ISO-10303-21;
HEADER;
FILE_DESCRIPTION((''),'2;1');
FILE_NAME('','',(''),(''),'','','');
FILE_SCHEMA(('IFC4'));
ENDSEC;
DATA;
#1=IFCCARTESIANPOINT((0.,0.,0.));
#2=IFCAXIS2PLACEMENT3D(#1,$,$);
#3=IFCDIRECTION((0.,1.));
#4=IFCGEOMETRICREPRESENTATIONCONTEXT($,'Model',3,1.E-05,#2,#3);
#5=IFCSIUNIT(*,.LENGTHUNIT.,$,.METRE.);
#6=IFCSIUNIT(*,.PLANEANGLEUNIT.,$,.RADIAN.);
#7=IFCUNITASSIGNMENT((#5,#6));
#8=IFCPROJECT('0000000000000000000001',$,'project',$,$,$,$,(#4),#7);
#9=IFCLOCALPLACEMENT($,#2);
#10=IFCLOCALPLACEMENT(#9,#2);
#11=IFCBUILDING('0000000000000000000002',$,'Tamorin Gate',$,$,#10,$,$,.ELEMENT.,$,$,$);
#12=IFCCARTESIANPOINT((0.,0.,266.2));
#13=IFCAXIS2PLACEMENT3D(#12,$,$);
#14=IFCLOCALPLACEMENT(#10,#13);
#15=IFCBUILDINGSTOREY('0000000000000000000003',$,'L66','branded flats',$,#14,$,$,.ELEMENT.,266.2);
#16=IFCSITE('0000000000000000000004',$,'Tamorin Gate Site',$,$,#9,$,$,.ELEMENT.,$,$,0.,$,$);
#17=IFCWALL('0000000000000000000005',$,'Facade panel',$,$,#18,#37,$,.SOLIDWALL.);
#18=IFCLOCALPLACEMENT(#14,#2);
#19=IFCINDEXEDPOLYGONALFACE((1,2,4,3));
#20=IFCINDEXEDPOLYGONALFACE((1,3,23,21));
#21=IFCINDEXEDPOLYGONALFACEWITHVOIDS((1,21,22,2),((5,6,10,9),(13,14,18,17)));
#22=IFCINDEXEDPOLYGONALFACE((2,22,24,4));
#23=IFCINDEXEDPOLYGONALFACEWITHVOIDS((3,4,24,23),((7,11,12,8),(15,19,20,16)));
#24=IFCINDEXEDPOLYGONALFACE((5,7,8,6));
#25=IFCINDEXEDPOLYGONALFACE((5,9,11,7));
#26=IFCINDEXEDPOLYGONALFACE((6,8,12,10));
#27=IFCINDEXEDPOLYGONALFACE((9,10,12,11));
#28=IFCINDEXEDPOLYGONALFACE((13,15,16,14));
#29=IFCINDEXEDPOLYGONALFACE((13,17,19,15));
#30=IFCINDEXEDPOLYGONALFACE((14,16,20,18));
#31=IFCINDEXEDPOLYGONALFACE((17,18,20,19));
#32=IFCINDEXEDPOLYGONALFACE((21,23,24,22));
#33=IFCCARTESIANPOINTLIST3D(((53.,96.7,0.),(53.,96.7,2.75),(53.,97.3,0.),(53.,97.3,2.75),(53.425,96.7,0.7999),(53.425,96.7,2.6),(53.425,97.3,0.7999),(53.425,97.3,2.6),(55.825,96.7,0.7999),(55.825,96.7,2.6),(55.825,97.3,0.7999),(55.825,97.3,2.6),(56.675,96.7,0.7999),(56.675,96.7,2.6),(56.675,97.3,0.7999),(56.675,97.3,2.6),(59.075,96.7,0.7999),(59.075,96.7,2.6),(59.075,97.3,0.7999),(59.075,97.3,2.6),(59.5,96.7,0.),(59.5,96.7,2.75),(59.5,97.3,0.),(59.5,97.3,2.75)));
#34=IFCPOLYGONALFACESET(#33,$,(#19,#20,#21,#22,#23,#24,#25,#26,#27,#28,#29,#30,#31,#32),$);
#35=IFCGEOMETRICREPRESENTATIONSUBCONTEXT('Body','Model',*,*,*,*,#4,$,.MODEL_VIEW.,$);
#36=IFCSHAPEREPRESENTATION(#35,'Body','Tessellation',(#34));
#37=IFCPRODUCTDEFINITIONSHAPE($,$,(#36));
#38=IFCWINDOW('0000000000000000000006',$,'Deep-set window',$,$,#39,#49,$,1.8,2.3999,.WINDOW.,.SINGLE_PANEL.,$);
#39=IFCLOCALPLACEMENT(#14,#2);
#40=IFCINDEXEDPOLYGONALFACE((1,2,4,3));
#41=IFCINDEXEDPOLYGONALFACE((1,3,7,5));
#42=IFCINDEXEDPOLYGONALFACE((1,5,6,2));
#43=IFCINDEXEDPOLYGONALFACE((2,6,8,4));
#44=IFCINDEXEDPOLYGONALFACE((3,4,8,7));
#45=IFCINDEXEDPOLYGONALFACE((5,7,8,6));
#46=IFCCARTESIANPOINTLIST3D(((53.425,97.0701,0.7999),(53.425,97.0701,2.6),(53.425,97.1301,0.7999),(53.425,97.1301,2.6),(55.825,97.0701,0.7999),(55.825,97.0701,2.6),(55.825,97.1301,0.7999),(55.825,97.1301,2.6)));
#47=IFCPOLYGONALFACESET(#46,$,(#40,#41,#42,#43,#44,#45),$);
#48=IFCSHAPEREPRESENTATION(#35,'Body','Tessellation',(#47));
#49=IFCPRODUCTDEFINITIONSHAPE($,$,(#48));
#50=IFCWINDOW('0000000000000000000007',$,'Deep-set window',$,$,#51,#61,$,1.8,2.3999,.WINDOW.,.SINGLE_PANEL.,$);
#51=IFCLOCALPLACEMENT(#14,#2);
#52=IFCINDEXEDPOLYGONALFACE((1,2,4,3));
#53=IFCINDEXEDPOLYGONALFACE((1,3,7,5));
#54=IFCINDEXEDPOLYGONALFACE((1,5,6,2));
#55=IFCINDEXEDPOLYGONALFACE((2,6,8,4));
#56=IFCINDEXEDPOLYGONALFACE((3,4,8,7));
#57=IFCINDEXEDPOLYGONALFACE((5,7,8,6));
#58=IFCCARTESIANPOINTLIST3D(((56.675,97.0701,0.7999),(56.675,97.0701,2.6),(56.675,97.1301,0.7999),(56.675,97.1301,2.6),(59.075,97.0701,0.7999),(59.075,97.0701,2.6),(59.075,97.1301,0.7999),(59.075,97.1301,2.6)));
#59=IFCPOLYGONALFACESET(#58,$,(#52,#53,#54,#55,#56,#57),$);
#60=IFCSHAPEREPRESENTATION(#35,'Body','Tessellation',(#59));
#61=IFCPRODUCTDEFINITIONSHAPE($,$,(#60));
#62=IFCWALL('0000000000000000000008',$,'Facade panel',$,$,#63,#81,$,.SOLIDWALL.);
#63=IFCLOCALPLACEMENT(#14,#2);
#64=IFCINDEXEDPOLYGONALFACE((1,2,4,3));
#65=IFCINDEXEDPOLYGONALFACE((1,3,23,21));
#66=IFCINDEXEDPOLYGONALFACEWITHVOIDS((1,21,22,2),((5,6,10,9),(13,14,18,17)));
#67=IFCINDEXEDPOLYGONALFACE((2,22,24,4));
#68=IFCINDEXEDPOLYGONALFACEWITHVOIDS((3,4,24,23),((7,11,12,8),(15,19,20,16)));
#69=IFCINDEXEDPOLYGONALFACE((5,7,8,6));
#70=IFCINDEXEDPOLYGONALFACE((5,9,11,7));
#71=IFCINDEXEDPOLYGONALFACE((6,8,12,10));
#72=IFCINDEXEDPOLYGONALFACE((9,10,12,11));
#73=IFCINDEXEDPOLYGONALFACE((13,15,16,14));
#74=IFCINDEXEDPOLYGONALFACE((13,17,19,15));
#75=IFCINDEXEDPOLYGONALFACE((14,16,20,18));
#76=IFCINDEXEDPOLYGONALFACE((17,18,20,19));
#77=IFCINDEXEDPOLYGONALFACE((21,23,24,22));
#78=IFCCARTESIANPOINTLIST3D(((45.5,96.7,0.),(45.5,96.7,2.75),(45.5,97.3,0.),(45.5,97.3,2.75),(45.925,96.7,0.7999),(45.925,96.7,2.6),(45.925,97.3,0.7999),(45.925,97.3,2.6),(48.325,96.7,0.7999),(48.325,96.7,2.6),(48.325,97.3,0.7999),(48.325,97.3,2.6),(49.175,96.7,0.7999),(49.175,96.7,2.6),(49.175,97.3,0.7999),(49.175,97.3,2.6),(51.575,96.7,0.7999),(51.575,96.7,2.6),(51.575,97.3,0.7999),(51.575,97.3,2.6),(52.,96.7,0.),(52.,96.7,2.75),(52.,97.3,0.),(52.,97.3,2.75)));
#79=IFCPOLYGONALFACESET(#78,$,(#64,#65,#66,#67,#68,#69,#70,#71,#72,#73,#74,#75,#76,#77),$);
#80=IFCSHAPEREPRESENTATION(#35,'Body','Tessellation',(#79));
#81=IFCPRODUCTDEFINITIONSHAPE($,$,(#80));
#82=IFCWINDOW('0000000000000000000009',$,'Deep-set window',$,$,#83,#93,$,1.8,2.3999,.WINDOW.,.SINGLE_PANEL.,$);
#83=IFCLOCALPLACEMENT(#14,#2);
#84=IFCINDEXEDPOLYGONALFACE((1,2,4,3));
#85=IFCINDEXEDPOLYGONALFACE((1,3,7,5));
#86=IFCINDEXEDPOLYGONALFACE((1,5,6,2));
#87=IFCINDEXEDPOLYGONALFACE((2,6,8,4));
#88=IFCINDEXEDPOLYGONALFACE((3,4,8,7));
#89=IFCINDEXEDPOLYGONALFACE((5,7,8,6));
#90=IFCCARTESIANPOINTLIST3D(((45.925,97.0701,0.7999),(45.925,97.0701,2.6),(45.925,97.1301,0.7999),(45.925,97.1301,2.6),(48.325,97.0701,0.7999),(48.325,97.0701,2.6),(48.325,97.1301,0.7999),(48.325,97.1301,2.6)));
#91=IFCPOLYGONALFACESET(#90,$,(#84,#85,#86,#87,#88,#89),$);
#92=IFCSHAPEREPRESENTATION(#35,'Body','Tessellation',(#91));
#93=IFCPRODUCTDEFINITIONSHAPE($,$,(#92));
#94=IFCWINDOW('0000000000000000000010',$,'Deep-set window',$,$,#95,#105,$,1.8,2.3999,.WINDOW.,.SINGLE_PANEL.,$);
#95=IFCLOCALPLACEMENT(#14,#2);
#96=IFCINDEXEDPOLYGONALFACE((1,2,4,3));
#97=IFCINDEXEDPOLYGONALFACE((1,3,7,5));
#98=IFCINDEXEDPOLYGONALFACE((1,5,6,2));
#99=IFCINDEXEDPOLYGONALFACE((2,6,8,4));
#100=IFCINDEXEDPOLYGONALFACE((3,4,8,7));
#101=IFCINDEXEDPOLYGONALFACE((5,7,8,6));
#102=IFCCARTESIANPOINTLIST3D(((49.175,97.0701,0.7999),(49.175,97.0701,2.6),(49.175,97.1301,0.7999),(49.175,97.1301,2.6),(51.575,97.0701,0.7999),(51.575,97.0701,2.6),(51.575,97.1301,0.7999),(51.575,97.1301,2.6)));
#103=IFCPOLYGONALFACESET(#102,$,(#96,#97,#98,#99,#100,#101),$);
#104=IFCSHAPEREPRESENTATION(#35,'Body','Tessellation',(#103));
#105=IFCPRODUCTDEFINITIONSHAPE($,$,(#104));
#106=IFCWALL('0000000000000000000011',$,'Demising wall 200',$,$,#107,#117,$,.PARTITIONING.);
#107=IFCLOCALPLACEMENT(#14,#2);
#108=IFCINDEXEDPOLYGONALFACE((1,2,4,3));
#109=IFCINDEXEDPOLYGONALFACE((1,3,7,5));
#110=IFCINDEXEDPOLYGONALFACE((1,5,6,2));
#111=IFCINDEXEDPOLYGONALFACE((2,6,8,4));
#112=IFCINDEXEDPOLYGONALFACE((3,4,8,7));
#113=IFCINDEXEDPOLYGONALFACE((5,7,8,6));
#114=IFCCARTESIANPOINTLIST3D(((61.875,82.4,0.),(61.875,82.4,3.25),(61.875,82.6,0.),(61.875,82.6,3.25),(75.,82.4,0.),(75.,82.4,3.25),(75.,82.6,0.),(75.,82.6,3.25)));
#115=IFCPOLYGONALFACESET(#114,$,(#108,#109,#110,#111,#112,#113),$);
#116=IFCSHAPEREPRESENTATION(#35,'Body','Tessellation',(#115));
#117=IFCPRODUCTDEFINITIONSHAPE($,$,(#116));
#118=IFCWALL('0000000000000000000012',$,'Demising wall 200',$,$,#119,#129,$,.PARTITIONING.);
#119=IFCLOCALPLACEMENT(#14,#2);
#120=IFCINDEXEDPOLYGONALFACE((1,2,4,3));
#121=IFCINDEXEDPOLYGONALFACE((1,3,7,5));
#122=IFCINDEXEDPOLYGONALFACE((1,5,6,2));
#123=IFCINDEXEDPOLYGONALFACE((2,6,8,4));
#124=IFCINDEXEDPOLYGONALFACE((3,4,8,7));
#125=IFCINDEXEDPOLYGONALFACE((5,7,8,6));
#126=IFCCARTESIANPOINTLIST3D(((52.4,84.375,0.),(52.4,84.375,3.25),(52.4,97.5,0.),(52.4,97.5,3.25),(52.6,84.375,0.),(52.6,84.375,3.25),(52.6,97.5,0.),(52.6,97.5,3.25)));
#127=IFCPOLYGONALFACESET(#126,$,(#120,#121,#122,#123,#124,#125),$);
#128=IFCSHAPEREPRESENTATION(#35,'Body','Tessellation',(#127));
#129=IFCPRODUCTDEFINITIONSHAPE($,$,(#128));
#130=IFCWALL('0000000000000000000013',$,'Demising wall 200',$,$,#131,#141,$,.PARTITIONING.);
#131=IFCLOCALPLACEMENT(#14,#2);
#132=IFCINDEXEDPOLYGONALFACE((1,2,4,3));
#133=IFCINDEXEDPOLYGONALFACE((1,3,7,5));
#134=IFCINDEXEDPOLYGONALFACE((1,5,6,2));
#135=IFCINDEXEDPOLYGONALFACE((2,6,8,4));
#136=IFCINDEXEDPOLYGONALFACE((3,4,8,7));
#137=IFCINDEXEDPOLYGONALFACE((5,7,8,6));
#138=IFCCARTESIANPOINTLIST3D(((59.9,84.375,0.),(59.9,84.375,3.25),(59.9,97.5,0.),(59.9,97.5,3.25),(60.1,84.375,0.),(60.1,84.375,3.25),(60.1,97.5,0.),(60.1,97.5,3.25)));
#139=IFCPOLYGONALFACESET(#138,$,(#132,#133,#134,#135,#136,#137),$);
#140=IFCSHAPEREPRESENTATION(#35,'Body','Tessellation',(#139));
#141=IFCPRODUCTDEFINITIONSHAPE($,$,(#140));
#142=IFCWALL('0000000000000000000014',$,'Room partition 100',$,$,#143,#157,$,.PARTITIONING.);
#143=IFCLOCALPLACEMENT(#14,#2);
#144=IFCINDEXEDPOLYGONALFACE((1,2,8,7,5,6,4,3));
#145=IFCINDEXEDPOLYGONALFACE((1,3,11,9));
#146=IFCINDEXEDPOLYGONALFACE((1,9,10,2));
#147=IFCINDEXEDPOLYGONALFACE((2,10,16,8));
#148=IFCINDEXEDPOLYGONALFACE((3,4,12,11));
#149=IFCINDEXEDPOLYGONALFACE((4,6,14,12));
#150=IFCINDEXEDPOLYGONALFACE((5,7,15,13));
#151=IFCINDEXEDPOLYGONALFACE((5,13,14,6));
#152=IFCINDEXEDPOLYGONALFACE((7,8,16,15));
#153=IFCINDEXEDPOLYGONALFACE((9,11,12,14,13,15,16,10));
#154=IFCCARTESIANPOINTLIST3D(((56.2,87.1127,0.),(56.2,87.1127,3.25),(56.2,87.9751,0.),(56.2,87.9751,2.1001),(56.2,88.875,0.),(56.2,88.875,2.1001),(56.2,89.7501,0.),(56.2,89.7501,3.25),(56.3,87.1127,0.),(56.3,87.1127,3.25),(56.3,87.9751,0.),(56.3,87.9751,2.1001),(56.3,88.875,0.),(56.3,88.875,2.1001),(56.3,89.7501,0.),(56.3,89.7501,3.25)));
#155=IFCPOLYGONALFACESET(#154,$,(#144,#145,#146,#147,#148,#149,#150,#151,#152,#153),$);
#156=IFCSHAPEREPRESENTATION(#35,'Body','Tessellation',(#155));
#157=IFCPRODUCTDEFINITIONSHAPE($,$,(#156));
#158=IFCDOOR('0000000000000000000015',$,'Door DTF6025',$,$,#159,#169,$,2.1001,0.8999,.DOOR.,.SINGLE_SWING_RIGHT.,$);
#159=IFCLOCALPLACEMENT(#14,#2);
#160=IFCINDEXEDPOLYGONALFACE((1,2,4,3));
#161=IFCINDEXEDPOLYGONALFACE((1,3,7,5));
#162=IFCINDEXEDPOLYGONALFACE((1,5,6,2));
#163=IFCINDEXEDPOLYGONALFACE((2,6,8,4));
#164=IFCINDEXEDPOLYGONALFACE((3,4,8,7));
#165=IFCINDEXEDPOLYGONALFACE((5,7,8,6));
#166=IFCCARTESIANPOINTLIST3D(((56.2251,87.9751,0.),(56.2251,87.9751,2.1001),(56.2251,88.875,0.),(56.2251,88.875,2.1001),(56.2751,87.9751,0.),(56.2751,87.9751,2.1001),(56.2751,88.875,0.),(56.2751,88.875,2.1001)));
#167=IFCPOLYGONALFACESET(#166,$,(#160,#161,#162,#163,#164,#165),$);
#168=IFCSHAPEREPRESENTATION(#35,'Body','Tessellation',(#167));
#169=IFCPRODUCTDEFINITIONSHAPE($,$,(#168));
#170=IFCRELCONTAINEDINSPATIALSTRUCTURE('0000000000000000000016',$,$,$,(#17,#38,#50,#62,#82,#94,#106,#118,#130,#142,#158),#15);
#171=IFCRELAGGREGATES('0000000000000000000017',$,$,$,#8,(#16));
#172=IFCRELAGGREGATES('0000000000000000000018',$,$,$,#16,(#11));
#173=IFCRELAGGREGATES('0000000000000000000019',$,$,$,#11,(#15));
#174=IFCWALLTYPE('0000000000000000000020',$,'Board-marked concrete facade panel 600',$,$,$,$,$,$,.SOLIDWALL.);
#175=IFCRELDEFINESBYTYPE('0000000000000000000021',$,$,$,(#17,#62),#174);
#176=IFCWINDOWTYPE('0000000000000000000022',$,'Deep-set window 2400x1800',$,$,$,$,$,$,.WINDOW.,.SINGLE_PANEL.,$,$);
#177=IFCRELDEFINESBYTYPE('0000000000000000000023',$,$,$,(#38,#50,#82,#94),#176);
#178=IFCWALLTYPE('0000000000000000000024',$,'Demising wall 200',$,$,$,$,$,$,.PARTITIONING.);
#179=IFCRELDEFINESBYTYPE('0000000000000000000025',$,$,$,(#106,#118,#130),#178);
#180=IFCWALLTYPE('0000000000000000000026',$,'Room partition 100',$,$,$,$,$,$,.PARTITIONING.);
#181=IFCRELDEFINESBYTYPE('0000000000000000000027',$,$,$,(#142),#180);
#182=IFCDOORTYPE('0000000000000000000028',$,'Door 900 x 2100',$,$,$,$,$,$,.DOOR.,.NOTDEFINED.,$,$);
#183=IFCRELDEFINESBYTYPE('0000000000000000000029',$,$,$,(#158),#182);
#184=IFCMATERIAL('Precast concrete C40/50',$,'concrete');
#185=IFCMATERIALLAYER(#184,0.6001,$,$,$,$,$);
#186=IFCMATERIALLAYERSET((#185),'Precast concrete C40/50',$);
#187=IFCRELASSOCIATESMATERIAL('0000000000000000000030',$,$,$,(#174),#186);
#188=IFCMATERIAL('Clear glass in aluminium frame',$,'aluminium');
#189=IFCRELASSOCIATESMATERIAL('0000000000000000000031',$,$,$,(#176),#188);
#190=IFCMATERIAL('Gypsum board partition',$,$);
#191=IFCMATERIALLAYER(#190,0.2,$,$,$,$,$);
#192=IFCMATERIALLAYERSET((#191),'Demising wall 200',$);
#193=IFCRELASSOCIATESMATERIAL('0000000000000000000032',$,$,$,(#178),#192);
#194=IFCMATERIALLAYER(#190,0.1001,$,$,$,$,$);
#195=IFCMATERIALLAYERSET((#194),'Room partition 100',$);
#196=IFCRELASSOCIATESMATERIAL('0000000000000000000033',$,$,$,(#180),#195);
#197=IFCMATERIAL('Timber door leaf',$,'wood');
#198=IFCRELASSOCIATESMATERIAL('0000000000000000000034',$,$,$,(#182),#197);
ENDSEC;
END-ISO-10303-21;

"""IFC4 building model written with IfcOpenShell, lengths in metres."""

from ifc_helpers import new_model, si_unit, direction, frame, frame_2d, origin, place, context, subcontext, project, spatial, rectangle, extrude, material, layer, layer_set, type_object, element, fill, save


model = new_model("IFC4")

# Units and contexts
model_context = context("Model", 3, precision=1e-05, world=origin(), true_north=direction((0.0, 1.0)))
body_context = subcontext(model_context, "Body", "Model", "MODEL_VIEW")
ifc_project = project(units=[si_unit("LENGTHUNIT", "METRE"), si_unit("PLANEANGLEUNIT", "RADIAN")], contexts=[model_context])

# Site, building, storey
site_placement = place(None, origin())
site = spatial("IfcSite", under=ifc_project, at=site_placement, Name="Tamorin Gate Site", CompositionType="ELEMENT", RefElevation=0.0)
building_placement = place(site_placement, origin())
building = spatial("IfcBuilding", under=site, at=building_placement, Name="Tamorin Gate", CompositionType="ELEMENT")
storey_placement = place(building_placement, frame((0.0, 0.0, 266.2)))
storey = spatial("IfcBuildingStorey", under=building, at=storey_placement, Name="L66", Description="branded flats", CompositionType="ELEMENT", Elevation=266.2)

# Walls, openings, windows
ifc_material_1 = material(Name="Precast concrete C40/50", Category="concrete")
ifc_layer_1 = layer(ifc_material_1, 0.6001)
ifc_layer_set_1 = layer_set([ifc_layer_1], Name="Precast concrete C40/50")
wall_type_1 = type_object("IfcWallType", Name="Board-marked concrete facade panel 600", PredefinedType="SOLIDWALL", material=ifc_layer_set_1)
ifc_material_2 = material(Name="Clear glass in aluminium frame", Category="aluminium")
window_type = type_object("IfcWindowType", Name="Deep-set window 2400x1800", PartitioningType="SINGLE_PANEL", PredefinedType="WINDOW", material=ifc_material_2)
wall_1_placement = place(storey_placement, frame((59.5, 97.0, 0.0), z_axis=(0.0, 0.0, 1.0), x_axis=(-1.0, 0.0, 0.0)))
wall_1 = element("IfcWall", 1, at=wall_1_placement, inside=storey, type_object=wall_type_1, Name="Facade panel", PredefinedType="SOLIDWALL", context=body_context, shape_type="SweptSolid", body=[
    extrude(rectangle(XDim=6.5, YDim=0.6001, at=frame_2d((3.25, 0.0))), origin(), (0.0, 0.0, 1.0), 2.75),
])
opening_1_placement = place(wall_1_placement, frame((3.675, 0.0, 0.8)))
opening_1 = element("IfcOpeningElement", 2, at=opening_1_placement, cuts=wall_1, PredefinedType="OPENING", context=body_context, shape_type="SweptSolid", body=[
    extrude(rectangle(XDim=2.3999, YDim=1.8, at=frame_2d((1.2, 0.8999))), frame((0.0, 0.3101, 0.0), z_axis=(0.0, -1.0, 0.0), x_axis=(1.0, 0.0, 0.0)), (0.0, 0.0, 1.0), 0.6201),
])
opening_2_placement = place(wall_1_placement, frame((0.425, 0.0, 0.8)))
opening_2 = element("IfcOpeningElement", 3, at=opening_2_placement, cuts=wall_1, PredefinedType="OPENING", context=body_context, shape_type="SweptSolid", body=[
    extrude(rectangle(XDim=2.3999, YDim=1.8, at=frame_2d((1.2, 0.8999))), frame((0.0, 0.3101, 0.0), z_axis=(0.0, -1.0, 0.0), x_axis=(1.0, 0.0, 0.0)), (0.0, 0.0, 1.0), 0.6201),
])
window_1_placement = place(opening_1_placement, origin())
window_1 = element("IfcWindow", 4, at=window_1_placement, inside=storey, type_object=window_type, Name="Deep-set window", OverallHeight=1.8, OverallWidth=2.3999, PartitioningType="SINGLE_PANEL", PredefinedType="WINDOW", context=body_context, shape_type="SweptSolid", body=[
    extrude(rectangle(XDim=2.3999, YDim=1.8, at=frame_2d((1.2, 0.8999))), frame((0.0, -0.0701, 0.0), z_axis=(0.0, -1.0, 0.0), x_axis=(1.0, 0.0, 0.0)), (0.0, 0.0, 1.0), 0.0601),
])
fill(opening_1, window_1)
window_2_placement = place(opening_2_placement, origin())
window_2 = element("IfcWindow", 5, at=window_2_placement, inside=storey, type_object=window_type, Name="Deep-set window", OverallHeight=1.8, OverallWidth=2.3999, PartitioningType="SINGLE_PANEL", PredefinedType="WINDOW", context=body_context, shape_type="SweptSolid", body=[
    extrude(rectangle(XDim=2.3999, YDim=1.8, at=frame_2d((1.2, 0.8999))), frame((0.0, -0.0701, 0.0), z_axis=(0.0, -1.0, 0.0), x_axis=(1.0, 0.0, 0.0)), (0.0, 0.0, 1.0), 0.0601),
])
fill(opening_2, window_2)
wall_2_placement = place(storey_placement, frame((52.0, 97.0, 0.0), z_axis=(0.0, 0.0, 1.0), x_axis=(-1.0, 0.0, 0.0)))
wall_2 = element("IfcWall", 6, at=wall_2_placement, inside=storey, type_object=wall_type_1, Name="Facade panel", PredefinedType="SOLIDWALL", context=body_context, shape_type="SweptSolid", body=[
    extrude(rectangle(XDim=6.5, YDim=0.6001, at=frame_2d((3.25, 0.0))), origin(), (0.0, 0.0, 1.0), 2.75),
])
opening_3_placement = place(wall_2_placement, frame((3.675, 0.0, 0.8)))
opening_3 = element("IfcOpeningElement", 7, at=opening_3_placement, cuts=wall_2, PredefinedType="OPENING", context=body_context, shape_type="SweptSolid", body=[
    extrude(rectangle(XDim=2.3999, YDim=1.8, at=frame_2d((1.2, 0.8999))), frame((0.0, 0.3101, 0.0), z_axis=(0.0, -1.0, 0.0), x_axis=(1.0, 0.0, 0.0)), (0.0, 0.0, 1.0), 0.6201),
])
opening_4_placement = place(wall_2_placement, frame((0.425, 0.0, 0.8)))
opening_4 = element("IfcOpeningElement", 8, at=opening_4_placement, cuts=wall_2, PredefinedType="OPENING", context=body_context, shape_type="SweptSolid", body=[
    extrude(rectangle(XDim=2.3999, YDim=1.8, at=frame_2d((1.2, 0.8999))), frame((0.0, 0.3101, 0.0), z_axis=(0.0, -1.0, 0.0), x_axis=(1.0, 0.0, 0.0)), (0.0, 0.0, 1.0), 0.6201),
])
window_3_placement = place(opening_3_placement, origin())
window_3 = element("IfcWindow", 9, at=window_3_placement, inside=storey, type_object=window_type, Name="Deep-set window", OverallHeight=1.8, OverallWidth=2.3999, PartitioningType="SINGLE_PANEL", PredefinedType="WINDOW", context=body_context, shape_type="SweptSolid", body=[
    extrude(rectangle(XDim=2.3999, YDim=1.8, at=frame_2d((1.2, 0.8999))), frame((0.0, -0.0701, 0.0), z_axis=(0.0, -1.0, 0.0), x_axis=(1.0, 0.0, 0.0)), (0.0, 0.0, 1.0), 0.0601),
])
fill(opening_3, window_3)
window_4_placement = place(opening_4_placement, origin())
window_4 = element("IfcWindow", 10, at=window_4_placement, inside=storey, type_object=window_type, Name="Deep-set window", OverallHeight=1.8, OverallWidth=2.3999, PartitioningType="SINGLE_PANEL", PredefinedType="WINDOW", context=body_context, shape_type="SweptSolid", body=[
    extrude(rectangle(XDim=2.3999, YDim=1.8, at=frame_2d((1.2, 0.8999))), frame((0.0, -0.0701, 0.0), z_axis=(0.0, -1.0, 0.0), x_axis=(1.0, 0.0, 0.0)), (0.0, 0.0, 1.0), 0.0601),
])
fill(opening_4, window_4)

# Walls
ifc_material_3 = material(Name="Gypsum board partition")
ifc_layer_2 = layer(ifc_material_3, 0.2)
ifc_layer_set_2 = layer_set([ifc_layer_2], Name="Demising wall 200")
wall_type_2 = type_object("IfcWallType", Name="Demising wall 200", PredefinedType="PARTITIONING", material=ifc_layer_set_2)
for number, where, z_axis, x_axis, name in (
    (11, (61.875, 82.5, 0.0), (0.0, 0.0, 1.0), (1.0, 0.0, 0.0), "Demising wall 200"),
    (12, (52.5, 84.375, 0.0), (0.0, 0.0, 1.0), (0.0, 1.0, 0.0), "Demising wall 200"),
    (13, (60.0, 84.375, 0.0), (0.0, 0.0, 1.0), (0.0, 1.0, 0.0), "Demising wall 200"),
):
    element("IfcWall", number, at=place(storey_placement, frame(where, z_axis=z_axis, x_axis=x_axis)), inside=storey, type_object=wall_type_2, Name=name, PredefinedType="PARTITIONING", context=body_context, shape_type="SweptSolid", body=[
        extrude(rectangle(XDim=13.125, YDim=0.2, at=frame_2d((6.5625, 0.0))), origin(), (0.0, 0.0, 1.0), 3.25),
    ])

# Wall, opening, door
ifc_layer_3 = layer(ifc_material_3, 0.1001)
ifc_layer_set_3 = layer_set([ifc_layer_3], Name="Room partition 100")
wall_type_3 = type_object("IfcWallType", Name="Room partition 100", PredefinedType="PARTITIONING", material=ifc_layer_set_3)
wall_3_placement = place(storey_placement, frame((56.25, 87.1125, 0.0), z_axis=(0.0, 0.0, 1.0), x_axis=(0.0, 1.0, 0.0)))
wall_3 = element("IfcWall", 14, at=wall_3_placement, inside=storey, type_object=wall_type_3, Name="Room partition 100", PredefinedType="PARTITIONING", context=body_context, shape_type="SweptSolid", body=[
    extrude(rectangle(XDim=2.6375, YDim=0.1001, at=frame_2d((1.3188, 0.0))), origin(), (0.0, 0.0, 1.0), 3.25),
])
opening_5_placement = place(wall_3_placement, frame((0.8625, 0.0, 0.0)))
opening_5 = element("IfcOpeningElement", 15, at=opening_5_placement, cuts=wall_3, PredefinedType="OPENING", context=body_context, shape_type="SweptSolid", body=[
    extrude(rectangle(XDim=0.8999, YDim=2.1001, at=frame_2d((0.45, 1.05))), frame((0.0, 0.0601, 0.0), z_axis=(0.0, -1.0, 0.0), x_axis=(1.0, 0.0, 0.0)), (0.0, 0.0, 1.0), 0.1201),
])
ifc_material_4 = material(Name="Timber door leaf", Category="wood")
door_type = type_object("IfcDoorType", Name="Door 900 x 2100", OperationType="NOTDEFINED", PredefinedType="DOOR", material=ifc_material_4)
door_1_placement = place(opening_5_placement, origin())
door_1 = element("IfcDoor", 16, at=door_1_placement, inside=storey, type_object=door_type, Name="Door DTF6025", OperationType="SINGLE_SWING_RIGHT", OverallHeight=2.1001, OverallWidth=0.8999, PredefinedType="DOOR", context=body_context, shape_type="SweptSolid", body=[
    extrude(rectangle(XDim=0.8999, YDim=2.1001, at=frame_2d((0.45, 1.05))), frame((0.0, 0.0249, 0.0), z_axis=(0.0, -1.0, 0.0), x_axis=(1.0, 0.0, 0.0)), (0.0, 0.0, 1.0), 0.05),
])
fill(opening_5, door_1)

save(model, "model.ifc")
